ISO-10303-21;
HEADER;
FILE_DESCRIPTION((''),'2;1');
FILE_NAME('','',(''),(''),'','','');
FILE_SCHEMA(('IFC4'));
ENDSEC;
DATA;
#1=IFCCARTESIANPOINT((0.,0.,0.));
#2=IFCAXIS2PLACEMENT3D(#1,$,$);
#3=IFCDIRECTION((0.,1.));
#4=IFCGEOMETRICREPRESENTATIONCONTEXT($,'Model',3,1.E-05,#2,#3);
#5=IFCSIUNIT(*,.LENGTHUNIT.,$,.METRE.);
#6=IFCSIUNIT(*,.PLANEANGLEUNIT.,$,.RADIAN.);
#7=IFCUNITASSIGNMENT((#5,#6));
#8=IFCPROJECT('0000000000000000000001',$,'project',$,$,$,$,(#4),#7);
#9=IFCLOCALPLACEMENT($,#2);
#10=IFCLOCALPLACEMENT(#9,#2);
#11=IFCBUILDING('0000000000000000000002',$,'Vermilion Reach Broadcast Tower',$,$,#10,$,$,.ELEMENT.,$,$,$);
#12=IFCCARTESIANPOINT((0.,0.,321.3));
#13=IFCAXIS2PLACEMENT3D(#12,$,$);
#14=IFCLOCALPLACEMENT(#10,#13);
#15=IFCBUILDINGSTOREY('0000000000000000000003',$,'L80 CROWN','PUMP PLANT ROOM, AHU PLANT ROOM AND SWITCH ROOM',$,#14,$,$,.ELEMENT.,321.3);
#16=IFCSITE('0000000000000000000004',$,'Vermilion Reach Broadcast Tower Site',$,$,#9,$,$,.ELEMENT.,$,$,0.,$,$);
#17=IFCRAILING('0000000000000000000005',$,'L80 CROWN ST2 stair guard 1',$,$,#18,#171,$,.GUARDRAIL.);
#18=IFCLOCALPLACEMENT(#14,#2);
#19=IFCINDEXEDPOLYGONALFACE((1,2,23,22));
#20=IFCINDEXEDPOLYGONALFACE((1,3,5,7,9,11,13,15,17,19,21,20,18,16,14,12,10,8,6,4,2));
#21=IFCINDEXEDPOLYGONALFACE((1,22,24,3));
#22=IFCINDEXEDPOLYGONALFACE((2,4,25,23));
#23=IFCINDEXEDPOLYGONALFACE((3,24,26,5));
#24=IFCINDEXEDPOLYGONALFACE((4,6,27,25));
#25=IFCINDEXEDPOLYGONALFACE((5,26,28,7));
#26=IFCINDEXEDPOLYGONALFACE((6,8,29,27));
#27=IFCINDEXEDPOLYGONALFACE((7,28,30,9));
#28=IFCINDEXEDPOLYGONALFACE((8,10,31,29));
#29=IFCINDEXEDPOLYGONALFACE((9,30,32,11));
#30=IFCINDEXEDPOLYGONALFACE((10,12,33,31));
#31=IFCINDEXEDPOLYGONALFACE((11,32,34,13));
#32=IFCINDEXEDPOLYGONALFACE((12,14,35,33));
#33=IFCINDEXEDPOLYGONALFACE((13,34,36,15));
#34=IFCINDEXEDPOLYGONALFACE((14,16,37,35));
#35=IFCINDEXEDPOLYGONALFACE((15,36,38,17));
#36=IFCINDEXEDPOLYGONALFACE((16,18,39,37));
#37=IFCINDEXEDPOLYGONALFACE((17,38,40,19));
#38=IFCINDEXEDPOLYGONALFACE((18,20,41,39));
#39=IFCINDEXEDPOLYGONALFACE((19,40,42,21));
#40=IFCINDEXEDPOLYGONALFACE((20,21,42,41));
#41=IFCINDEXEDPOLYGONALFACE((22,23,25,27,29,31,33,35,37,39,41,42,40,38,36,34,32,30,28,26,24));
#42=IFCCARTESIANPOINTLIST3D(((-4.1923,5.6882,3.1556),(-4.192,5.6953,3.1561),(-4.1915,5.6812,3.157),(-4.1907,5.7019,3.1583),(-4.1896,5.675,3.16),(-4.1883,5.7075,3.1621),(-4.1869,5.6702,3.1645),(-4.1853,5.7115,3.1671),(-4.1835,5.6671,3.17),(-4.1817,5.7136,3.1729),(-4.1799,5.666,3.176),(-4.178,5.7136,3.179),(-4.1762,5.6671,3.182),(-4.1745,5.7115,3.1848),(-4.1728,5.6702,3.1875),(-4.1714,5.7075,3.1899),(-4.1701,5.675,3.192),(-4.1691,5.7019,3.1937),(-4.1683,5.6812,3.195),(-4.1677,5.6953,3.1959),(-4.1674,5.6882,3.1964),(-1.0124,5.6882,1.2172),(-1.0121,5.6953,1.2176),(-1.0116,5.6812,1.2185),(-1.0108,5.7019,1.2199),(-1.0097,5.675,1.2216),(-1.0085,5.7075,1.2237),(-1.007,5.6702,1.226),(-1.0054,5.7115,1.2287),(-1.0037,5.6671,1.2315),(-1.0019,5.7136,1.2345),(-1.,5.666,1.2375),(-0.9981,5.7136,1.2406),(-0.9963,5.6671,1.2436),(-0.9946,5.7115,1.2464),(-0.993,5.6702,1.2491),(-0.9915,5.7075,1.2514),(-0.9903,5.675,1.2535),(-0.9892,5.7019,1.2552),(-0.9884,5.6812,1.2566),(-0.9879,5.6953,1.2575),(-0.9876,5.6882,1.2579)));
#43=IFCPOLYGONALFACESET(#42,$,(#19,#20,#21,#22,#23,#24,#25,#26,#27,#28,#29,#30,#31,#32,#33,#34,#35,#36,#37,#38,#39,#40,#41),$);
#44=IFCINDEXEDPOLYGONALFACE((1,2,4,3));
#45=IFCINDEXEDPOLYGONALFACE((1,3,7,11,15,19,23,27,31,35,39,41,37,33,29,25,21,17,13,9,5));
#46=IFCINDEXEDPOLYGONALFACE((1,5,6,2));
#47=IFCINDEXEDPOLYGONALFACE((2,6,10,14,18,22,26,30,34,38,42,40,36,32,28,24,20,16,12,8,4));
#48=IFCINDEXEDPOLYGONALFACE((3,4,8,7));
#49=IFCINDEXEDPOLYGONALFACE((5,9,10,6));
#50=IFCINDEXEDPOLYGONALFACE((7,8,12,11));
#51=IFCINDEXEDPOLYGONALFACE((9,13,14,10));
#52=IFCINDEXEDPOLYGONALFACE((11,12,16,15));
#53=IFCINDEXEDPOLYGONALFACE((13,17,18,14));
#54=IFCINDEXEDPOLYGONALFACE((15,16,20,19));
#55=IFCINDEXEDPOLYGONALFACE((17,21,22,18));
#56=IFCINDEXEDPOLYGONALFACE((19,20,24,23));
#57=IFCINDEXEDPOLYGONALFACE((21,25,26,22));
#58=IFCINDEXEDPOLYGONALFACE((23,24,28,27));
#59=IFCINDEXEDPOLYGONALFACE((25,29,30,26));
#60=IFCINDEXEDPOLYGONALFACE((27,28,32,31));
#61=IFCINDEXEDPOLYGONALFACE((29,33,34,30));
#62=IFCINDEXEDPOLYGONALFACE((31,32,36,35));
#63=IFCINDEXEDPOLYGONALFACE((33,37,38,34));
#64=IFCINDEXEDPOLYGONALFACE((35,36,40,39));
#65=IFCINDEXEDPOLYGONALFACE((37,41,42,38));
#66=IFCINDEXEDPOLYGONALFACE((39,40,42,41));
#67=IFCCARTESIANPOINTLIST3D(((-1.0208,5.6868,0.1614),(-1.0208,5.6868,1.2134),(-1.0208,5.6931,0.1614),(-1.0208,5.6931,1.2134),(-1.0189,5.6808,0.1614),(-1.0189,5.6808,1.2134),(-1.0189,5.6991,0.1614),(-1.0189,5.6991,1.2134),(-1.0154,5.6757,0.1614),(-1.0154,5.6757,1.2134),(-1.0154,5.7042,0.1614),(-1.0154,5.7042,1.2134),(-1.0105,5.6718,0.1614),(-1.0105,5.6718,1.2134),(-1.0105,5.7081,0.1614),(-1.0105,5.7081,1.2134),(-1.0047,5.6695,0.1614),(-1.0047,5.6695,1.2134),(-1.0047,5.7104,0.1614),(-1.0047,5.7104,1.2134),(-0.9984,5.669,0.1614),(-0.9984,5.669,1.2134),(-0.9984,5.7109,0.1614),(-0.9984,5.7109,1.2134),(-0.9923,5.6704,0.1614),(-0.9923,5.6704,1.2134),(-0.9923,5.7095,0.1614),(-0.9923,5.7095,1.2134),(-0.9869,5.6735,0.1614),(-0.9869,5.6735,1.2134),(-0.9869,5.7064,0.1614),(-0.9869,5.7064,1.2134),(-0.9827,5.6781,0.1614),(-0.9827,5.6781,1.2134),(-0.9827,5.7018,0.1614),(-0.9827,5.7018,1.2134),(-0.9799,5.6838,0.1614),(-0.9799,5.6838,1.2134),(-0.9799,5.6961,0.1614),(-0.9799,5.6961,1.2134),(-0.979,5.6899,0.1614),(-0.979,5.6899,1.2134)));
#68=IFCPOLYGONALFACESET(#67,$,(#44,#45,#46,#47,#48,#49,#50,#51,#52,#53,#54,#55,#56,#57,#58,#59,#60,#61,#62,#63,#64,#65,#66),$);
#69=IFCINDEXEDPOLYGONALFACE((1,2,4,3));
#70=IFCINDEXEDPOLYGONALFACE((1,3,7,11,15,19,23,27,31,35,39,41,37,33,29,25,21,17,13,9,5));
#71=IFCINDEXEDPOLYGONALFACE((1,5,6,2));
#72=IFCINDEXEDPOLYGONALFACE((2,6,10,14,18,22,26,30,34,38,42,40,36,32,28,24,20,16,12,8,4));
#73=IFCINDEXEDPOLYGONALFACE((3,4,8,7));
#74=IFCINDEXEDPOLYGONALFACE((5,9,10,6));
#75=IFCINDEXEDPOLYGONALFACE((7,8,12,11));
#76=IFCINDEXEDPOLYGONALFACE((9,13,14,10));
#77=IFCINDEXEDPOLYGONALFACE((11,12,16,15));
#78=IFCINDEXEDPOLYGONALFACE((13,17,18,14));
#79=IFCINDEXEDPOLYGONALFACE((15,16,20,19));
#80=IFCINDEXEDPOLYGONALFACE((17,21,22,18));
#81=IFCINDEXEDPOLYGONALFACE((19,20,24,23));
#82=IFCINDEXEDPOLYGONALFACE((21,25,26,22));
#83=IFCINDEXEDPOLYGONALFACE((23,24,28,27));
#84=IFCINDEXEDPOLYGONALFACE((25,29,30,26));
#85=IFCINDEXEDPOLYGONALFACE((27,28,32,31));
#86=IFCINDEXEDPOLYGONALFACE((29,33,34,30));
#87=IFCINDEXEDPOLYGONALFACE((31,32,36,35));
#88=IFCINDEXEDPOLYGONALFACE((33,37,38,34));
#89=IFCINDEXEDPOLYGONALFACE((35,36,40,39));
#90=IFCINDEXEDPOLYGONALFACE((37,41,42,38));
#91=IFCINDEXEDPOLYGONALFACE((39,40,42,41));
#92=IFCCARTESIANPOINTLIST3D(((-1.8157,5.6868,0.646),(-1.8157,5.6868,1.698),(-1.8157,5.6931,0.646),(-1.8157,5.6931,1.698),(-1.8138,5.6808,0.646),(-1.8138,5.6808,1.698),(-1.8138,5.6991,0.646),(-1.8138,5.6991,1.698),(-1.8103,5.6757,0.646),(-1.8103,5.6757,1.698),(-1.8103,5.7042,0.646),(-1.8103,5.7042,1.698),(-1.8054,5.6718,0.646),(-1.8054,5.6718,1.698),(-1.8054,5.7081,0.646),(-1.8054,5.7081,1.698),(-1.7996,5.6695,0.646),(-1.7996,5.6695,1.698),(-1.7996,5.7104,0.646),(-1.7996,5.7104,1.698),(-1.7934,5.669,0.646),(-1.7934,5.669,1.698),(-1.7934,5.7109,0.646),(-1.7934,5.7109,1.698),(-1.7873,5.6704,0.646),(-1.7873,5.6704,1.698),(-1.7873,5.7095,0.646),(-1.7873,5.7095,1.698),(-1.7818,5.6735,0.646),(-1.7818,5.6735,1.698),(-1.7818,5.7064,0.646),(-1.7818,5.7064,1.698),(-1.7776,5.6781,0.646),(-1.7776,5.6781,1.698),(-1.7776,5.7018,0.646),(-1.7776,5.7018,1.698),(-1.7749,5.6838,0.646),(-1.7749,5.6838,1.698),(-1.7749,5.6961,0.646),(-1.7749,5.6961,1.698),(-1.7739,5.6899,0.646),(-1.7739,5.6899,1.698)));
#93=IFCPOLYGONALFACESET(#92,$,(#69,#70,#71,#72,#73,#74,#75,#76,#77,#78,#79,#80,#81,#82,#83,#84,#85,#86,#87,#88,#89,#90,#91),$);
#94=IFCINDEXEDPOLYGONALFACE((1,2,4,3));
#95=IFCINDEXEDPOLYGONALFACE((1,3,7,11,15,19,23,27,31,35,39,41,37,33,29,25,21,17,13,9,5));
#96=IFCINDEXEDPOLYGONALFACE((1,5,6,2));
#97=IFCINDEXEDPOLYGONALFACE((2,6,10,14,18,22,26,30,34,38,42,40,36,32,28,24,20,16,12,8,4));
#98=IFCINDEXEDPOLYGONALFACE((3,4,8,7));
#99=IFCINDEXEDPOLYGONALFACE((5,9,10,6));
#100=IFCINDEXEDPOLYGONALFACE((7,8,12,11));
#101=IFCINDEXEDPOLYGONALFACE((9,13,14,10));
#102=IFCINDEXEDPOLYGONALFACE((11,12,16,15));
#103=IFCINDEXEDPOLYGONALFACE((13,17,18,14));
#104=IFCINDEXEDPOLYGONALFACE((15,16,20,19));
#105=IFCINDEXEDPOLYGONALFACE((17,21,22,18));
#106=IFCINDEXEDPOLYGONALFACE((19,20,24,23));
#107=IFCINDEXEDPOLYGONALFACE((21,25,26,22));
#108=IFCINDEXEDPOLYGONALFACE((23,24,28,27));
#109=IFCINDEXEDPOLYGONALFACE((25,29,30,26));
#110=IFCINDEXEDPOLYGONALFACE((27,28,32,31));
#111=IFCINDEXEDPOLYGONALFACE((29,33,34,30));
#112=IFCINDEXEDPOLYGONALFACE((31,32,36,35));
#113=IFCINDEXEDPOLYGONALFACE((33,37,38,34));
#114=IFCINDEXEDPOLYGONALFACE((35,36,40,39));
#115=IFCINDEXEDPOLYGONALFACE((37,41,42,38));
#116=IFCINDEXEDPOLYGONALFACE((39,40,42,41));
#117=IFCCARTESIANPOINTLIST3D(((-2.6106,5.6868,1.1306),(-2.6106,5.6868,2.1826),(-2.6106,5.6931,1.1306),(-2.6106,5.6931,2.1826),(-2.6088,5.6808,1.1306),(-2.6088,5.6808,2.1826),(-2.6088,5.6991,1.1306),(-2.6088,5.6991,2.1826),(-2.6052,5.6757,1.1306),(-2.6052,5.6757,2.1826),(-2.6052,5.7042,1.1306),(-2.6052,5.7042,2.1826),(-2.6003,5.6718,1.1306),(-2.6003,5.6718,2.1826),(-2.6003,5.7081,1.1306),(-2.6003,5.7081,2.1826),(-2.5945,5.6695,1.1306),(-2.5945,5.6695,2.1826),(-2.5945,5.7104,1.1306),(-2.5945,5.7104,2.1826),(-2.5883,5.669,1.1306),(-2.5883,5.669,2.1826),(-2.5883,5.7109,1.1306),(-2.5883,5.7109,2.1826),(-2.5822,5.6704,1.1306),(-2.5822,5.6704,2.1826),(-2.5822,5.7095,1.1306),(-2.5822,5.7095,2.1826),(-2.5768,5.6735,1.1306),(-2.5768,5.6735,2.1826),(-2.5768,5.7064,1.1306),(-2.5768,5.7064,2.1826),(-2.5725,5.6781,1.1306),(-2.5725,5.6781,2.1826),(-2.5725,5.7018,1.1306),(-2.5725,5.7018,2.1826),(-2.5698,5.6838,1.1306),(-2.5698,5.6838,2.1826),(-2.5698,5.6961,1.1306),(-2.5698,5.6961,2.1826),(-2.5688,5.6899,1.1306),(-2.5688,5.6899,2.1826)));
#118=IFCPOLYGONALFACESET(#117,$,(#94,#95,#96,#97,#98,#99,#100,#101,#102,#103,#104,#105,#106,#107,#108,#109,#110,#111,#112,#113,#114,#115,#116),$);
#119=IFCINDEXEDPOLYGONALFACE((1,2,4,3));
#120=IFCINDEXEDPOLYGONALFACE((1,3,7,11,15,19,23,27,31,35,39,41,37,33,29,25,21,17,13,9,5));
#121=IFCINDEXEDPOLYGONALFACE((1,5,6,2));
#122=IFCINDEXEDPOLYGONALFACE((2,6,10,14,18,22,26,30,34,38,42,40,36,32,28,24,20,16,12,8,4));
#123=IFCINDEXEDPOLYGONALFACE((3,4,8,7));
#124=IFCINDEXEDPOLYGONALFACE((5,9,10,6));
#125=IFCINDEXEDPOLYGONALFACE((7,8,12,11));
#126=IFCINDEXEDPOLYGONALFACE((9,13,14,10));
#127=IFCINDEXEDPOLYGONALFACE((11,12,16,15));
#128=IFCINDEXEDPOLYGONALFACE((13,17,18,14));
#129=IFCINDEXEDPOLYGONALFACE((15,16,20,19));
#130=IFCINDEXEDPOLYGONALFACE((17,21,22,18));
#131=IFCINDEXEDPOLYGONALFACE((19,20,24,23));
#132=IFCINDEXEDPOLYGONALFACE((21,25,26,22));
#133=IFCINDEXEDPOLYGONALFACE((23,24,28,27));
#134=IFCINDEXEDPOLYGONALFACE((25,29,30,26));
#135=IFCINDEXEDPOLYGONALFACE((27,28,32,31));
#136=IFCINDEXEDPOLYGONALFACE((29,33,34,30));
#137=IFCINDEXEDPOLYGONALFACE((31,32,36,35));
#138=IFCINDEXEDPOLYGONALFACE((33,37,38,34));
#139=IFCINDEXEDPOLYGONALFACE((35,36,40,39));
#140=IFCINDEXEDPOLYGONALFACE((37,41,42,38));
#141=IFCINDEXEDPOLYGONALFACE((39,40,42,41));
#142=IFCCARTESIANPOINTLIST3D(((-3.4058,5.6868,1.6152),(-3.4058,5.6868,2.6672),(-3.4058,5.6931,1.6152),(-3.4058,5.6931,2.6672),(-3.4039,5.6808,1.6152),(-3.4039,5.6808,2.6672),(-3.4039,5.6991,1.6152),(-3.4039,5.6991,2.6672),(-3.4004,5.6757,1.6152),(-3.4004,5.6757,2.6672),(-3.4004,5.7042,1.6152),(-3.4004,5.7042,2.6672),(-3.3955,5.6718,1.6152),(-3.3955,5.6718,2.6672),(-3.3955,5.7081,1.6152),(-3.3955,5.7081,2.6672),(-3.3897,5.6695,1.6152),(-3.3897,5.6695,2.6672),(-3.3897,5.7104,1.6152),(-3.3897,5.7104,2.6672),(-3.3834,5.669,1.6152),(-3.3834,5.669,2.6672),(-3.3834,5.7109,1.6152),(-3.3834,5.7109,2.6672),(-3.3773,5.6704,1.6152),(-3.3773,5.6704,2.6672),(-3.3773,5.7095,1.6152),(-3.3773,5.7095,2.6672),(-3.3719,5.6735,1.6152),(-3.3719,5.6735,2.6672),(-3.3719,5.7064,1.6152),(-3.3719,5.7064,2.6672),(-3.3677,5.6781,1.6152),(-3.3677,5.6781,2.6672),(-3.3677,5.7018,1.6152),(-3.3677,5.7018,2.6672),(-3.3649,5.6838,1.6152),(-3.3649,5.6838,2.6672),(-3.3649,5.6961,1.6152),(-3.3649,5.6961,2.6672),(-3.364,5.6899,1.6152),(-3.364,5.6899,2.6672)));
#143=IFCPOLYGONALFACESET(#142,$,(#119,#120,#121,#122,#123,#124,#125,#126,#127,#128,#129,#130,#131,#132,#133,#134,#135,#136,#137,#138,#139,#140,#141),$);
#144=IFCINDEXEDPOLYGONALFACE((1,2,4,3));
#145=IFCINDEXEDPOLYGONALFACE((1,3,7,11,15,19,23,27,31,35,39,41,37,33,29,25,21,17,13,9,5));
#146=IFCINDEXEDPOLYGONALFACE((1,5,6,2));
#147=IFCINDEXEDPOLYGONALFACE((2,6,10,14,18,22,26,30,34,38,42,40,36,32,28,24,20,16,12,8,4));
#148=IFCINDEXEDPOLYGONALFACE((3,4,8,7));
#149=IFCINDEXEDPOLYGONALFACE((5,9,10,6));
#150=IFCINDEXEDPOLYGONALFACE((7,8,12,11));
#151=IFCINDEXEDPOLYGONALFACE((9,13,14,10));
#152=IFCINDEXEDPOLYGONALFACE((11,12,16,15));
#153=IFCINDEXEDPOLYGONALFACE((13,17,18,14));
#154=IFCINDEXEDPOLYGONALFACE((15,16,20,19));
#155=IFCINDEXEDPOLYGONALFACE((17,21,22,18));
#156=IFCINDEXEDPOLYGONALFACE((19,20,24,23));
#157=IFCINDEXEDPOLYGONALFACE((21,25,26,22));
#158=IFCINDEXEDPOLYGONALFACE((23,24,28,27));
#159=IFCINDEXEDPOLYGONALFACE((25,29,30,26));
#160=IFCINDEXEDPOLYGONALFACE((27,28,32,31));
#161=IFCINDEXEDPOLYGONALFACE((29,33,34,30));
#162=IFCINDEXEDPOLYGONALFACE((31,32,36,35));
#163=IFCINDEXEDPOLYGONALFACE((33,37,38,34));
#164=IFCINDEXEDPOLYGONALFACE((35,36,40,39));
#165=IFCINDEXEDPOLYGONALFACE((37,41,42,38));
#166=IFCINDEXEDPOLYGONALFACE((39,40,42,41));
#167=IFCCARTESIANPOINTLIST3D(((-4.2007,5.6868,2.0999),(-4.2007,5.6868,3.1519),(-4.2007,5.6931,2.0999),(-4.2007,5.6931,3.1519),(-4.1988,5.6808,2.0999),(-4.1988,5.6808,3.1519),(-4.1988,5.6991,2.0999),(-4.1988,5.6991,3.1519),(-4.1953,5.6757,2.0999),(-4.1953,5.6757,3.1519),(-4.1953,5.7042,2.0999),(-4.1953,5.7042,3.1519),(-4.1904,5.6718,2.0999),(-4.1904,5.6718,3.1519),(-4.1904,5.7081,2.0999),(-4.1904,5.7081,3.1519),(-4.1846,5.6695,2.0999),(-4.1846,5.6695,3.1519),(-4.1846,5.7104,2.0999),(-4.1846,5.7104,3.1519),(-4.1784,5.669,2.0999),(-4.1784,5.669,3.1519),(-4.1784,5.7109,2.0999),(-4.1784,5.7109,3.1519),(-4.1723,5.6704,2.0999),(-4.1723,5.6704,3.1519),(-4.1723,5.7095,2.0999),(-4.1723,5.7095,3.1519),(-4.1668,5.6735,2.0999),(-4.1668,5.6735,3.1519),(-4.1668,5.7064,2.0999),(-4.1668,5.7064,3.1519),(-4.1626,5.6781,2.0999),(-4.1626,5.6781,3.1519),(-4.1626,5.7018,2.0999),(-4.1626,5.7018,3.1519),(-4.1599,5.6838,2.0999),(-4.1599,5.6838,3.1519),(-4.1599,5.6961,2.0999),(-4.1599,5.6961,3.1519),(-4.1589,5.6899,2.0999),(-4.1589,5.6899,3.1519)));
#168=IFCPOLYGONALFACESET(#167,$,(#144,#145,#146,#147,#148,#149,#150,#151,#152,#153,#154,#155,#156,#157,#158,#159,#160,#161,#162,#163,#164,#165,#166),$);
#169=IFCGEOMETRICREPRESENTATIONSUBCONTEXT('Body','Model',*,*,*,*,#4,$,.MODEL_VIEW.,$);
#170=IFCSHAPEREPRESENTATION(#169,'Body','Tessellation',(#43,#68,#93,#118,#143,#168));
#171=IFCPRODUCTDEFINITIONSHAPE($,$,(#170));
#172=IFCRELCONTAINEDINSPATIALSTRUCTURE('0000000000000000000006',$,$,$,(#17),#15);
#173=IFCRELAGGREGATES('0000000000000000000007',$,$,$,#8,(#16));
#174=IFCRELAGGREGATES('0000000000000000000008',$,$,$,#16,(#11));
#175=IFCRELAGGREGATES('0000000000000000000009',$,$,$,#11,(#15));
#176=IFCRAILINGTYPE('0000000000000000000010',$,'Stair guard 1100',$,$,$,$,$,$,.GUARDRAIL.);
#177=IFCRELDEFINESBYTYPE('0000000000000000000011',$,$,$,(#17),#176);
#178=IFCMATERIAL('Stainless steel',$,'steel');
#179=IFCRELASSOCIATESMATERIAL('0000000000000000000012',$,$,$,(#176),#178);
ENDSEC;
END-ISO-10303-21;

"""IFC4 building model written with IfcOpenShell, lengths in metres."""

from ifc_helpers import new_model, si_unit, direction, frame, origin, origin_2d, place, context, subcontext, project, spatial, circle, extrude, material, type_object, element, save


model = new_model("IFC4")

# Units and contexts
model_context = context("Model", 3, precision=1e-05, world=origin(), true_north=direction((0.0, 1.0)))
body_context = subcontext(model_context, "Body", "Model", "MODEL_VIEW")
ifc_project = project(units=[si_unit("LENGTHUNIT", "METRE"), si_unit("PLANEANGLEUNIT", "RADIAN")], contexts=[model_context])

# Site, building, storey
site_placement = place(None, origin())
site = spatial("IfcSite", under=ifc_project, at=site_placement, Name="Vermilion Reach Broadcast Tower Site", CompositionType="ELEMENT", RefElevation=0.0)
building_placement = place(site_placement, origin())
building = spatial("IfcBuilding", under=site, at=building_placement, Name="Vermilion Reach Broadcast Tower", CompositionType="ELEMENT")
storey_placement = place(building_placement, frame((0.0, 0.0, 321.3)))
storey = spatial("IfcBuildingStorey", under=building, at=storey_placement, Name="L80 CROWN", Description="PUMP PLANT ROOM, AHU PLANT ROOM AND SWITCH ROOM", CompositionType="ELEMENT", Elevation=321.3)

# Railing
ifc_material_1 = material(Name="Stainless steel", Category="steel")
railing_type_1 = type_object("IfcRailingType", Name="Stair guard 1100", PredefinedType="GUARDRAIL", material=ifc_material_1)
railing_1_placement = place(storey_placement, frame((-1.0, 5.6899, 0.1614)))
element("IfcRailing", 1, at=railing_1_placement, inside=storey, type_object=railing_type_1, Name="L80 CROWN ST2 stair guard 1", PredefinedType="GUARDRAIL", context=body_context, shape_type="SweptSolid", body=[
    extrude(circle(Radius=0.0239, at=origin_2d()), frame((0.0, 0.0, 1.0762), z_axis=(-0.853857, 0.0, 0.520508), x_axis=(0.0, -1.0, 0.0)), (0.0, 0.0, 1.0), 3.7241),
    extrude(circle(Radius=0.021, at=origin_2d()), origin(), (0.0, 0.0, 1.0), 1.052),
    extrude(circle(Radius=0.021, at=origin_2d()), frame((-0.7949, 0.0, 0.4846)), (0.0, 0.0, 1.0), 1.052),
    extrude(circle(Radius=0.021, at=origin_2d()), frame((-1.5898, 0.0, 0.9692)), (0.0, 0.0, 1.0), 1.052),
    extrude(circle(Radius=0.021, at=origin_2d()), frame((-2.385, 0.0, 1.4539)), (0.0, 0.0, 1.0), 1.052),
    extrude(circle(Radius=0.021, at=origin_2d()), frame((-3.1799, 0.0, 1.9385)), (0.0, 0.0, 1.0), 1.052),
])

save(model, "model.ifc")
